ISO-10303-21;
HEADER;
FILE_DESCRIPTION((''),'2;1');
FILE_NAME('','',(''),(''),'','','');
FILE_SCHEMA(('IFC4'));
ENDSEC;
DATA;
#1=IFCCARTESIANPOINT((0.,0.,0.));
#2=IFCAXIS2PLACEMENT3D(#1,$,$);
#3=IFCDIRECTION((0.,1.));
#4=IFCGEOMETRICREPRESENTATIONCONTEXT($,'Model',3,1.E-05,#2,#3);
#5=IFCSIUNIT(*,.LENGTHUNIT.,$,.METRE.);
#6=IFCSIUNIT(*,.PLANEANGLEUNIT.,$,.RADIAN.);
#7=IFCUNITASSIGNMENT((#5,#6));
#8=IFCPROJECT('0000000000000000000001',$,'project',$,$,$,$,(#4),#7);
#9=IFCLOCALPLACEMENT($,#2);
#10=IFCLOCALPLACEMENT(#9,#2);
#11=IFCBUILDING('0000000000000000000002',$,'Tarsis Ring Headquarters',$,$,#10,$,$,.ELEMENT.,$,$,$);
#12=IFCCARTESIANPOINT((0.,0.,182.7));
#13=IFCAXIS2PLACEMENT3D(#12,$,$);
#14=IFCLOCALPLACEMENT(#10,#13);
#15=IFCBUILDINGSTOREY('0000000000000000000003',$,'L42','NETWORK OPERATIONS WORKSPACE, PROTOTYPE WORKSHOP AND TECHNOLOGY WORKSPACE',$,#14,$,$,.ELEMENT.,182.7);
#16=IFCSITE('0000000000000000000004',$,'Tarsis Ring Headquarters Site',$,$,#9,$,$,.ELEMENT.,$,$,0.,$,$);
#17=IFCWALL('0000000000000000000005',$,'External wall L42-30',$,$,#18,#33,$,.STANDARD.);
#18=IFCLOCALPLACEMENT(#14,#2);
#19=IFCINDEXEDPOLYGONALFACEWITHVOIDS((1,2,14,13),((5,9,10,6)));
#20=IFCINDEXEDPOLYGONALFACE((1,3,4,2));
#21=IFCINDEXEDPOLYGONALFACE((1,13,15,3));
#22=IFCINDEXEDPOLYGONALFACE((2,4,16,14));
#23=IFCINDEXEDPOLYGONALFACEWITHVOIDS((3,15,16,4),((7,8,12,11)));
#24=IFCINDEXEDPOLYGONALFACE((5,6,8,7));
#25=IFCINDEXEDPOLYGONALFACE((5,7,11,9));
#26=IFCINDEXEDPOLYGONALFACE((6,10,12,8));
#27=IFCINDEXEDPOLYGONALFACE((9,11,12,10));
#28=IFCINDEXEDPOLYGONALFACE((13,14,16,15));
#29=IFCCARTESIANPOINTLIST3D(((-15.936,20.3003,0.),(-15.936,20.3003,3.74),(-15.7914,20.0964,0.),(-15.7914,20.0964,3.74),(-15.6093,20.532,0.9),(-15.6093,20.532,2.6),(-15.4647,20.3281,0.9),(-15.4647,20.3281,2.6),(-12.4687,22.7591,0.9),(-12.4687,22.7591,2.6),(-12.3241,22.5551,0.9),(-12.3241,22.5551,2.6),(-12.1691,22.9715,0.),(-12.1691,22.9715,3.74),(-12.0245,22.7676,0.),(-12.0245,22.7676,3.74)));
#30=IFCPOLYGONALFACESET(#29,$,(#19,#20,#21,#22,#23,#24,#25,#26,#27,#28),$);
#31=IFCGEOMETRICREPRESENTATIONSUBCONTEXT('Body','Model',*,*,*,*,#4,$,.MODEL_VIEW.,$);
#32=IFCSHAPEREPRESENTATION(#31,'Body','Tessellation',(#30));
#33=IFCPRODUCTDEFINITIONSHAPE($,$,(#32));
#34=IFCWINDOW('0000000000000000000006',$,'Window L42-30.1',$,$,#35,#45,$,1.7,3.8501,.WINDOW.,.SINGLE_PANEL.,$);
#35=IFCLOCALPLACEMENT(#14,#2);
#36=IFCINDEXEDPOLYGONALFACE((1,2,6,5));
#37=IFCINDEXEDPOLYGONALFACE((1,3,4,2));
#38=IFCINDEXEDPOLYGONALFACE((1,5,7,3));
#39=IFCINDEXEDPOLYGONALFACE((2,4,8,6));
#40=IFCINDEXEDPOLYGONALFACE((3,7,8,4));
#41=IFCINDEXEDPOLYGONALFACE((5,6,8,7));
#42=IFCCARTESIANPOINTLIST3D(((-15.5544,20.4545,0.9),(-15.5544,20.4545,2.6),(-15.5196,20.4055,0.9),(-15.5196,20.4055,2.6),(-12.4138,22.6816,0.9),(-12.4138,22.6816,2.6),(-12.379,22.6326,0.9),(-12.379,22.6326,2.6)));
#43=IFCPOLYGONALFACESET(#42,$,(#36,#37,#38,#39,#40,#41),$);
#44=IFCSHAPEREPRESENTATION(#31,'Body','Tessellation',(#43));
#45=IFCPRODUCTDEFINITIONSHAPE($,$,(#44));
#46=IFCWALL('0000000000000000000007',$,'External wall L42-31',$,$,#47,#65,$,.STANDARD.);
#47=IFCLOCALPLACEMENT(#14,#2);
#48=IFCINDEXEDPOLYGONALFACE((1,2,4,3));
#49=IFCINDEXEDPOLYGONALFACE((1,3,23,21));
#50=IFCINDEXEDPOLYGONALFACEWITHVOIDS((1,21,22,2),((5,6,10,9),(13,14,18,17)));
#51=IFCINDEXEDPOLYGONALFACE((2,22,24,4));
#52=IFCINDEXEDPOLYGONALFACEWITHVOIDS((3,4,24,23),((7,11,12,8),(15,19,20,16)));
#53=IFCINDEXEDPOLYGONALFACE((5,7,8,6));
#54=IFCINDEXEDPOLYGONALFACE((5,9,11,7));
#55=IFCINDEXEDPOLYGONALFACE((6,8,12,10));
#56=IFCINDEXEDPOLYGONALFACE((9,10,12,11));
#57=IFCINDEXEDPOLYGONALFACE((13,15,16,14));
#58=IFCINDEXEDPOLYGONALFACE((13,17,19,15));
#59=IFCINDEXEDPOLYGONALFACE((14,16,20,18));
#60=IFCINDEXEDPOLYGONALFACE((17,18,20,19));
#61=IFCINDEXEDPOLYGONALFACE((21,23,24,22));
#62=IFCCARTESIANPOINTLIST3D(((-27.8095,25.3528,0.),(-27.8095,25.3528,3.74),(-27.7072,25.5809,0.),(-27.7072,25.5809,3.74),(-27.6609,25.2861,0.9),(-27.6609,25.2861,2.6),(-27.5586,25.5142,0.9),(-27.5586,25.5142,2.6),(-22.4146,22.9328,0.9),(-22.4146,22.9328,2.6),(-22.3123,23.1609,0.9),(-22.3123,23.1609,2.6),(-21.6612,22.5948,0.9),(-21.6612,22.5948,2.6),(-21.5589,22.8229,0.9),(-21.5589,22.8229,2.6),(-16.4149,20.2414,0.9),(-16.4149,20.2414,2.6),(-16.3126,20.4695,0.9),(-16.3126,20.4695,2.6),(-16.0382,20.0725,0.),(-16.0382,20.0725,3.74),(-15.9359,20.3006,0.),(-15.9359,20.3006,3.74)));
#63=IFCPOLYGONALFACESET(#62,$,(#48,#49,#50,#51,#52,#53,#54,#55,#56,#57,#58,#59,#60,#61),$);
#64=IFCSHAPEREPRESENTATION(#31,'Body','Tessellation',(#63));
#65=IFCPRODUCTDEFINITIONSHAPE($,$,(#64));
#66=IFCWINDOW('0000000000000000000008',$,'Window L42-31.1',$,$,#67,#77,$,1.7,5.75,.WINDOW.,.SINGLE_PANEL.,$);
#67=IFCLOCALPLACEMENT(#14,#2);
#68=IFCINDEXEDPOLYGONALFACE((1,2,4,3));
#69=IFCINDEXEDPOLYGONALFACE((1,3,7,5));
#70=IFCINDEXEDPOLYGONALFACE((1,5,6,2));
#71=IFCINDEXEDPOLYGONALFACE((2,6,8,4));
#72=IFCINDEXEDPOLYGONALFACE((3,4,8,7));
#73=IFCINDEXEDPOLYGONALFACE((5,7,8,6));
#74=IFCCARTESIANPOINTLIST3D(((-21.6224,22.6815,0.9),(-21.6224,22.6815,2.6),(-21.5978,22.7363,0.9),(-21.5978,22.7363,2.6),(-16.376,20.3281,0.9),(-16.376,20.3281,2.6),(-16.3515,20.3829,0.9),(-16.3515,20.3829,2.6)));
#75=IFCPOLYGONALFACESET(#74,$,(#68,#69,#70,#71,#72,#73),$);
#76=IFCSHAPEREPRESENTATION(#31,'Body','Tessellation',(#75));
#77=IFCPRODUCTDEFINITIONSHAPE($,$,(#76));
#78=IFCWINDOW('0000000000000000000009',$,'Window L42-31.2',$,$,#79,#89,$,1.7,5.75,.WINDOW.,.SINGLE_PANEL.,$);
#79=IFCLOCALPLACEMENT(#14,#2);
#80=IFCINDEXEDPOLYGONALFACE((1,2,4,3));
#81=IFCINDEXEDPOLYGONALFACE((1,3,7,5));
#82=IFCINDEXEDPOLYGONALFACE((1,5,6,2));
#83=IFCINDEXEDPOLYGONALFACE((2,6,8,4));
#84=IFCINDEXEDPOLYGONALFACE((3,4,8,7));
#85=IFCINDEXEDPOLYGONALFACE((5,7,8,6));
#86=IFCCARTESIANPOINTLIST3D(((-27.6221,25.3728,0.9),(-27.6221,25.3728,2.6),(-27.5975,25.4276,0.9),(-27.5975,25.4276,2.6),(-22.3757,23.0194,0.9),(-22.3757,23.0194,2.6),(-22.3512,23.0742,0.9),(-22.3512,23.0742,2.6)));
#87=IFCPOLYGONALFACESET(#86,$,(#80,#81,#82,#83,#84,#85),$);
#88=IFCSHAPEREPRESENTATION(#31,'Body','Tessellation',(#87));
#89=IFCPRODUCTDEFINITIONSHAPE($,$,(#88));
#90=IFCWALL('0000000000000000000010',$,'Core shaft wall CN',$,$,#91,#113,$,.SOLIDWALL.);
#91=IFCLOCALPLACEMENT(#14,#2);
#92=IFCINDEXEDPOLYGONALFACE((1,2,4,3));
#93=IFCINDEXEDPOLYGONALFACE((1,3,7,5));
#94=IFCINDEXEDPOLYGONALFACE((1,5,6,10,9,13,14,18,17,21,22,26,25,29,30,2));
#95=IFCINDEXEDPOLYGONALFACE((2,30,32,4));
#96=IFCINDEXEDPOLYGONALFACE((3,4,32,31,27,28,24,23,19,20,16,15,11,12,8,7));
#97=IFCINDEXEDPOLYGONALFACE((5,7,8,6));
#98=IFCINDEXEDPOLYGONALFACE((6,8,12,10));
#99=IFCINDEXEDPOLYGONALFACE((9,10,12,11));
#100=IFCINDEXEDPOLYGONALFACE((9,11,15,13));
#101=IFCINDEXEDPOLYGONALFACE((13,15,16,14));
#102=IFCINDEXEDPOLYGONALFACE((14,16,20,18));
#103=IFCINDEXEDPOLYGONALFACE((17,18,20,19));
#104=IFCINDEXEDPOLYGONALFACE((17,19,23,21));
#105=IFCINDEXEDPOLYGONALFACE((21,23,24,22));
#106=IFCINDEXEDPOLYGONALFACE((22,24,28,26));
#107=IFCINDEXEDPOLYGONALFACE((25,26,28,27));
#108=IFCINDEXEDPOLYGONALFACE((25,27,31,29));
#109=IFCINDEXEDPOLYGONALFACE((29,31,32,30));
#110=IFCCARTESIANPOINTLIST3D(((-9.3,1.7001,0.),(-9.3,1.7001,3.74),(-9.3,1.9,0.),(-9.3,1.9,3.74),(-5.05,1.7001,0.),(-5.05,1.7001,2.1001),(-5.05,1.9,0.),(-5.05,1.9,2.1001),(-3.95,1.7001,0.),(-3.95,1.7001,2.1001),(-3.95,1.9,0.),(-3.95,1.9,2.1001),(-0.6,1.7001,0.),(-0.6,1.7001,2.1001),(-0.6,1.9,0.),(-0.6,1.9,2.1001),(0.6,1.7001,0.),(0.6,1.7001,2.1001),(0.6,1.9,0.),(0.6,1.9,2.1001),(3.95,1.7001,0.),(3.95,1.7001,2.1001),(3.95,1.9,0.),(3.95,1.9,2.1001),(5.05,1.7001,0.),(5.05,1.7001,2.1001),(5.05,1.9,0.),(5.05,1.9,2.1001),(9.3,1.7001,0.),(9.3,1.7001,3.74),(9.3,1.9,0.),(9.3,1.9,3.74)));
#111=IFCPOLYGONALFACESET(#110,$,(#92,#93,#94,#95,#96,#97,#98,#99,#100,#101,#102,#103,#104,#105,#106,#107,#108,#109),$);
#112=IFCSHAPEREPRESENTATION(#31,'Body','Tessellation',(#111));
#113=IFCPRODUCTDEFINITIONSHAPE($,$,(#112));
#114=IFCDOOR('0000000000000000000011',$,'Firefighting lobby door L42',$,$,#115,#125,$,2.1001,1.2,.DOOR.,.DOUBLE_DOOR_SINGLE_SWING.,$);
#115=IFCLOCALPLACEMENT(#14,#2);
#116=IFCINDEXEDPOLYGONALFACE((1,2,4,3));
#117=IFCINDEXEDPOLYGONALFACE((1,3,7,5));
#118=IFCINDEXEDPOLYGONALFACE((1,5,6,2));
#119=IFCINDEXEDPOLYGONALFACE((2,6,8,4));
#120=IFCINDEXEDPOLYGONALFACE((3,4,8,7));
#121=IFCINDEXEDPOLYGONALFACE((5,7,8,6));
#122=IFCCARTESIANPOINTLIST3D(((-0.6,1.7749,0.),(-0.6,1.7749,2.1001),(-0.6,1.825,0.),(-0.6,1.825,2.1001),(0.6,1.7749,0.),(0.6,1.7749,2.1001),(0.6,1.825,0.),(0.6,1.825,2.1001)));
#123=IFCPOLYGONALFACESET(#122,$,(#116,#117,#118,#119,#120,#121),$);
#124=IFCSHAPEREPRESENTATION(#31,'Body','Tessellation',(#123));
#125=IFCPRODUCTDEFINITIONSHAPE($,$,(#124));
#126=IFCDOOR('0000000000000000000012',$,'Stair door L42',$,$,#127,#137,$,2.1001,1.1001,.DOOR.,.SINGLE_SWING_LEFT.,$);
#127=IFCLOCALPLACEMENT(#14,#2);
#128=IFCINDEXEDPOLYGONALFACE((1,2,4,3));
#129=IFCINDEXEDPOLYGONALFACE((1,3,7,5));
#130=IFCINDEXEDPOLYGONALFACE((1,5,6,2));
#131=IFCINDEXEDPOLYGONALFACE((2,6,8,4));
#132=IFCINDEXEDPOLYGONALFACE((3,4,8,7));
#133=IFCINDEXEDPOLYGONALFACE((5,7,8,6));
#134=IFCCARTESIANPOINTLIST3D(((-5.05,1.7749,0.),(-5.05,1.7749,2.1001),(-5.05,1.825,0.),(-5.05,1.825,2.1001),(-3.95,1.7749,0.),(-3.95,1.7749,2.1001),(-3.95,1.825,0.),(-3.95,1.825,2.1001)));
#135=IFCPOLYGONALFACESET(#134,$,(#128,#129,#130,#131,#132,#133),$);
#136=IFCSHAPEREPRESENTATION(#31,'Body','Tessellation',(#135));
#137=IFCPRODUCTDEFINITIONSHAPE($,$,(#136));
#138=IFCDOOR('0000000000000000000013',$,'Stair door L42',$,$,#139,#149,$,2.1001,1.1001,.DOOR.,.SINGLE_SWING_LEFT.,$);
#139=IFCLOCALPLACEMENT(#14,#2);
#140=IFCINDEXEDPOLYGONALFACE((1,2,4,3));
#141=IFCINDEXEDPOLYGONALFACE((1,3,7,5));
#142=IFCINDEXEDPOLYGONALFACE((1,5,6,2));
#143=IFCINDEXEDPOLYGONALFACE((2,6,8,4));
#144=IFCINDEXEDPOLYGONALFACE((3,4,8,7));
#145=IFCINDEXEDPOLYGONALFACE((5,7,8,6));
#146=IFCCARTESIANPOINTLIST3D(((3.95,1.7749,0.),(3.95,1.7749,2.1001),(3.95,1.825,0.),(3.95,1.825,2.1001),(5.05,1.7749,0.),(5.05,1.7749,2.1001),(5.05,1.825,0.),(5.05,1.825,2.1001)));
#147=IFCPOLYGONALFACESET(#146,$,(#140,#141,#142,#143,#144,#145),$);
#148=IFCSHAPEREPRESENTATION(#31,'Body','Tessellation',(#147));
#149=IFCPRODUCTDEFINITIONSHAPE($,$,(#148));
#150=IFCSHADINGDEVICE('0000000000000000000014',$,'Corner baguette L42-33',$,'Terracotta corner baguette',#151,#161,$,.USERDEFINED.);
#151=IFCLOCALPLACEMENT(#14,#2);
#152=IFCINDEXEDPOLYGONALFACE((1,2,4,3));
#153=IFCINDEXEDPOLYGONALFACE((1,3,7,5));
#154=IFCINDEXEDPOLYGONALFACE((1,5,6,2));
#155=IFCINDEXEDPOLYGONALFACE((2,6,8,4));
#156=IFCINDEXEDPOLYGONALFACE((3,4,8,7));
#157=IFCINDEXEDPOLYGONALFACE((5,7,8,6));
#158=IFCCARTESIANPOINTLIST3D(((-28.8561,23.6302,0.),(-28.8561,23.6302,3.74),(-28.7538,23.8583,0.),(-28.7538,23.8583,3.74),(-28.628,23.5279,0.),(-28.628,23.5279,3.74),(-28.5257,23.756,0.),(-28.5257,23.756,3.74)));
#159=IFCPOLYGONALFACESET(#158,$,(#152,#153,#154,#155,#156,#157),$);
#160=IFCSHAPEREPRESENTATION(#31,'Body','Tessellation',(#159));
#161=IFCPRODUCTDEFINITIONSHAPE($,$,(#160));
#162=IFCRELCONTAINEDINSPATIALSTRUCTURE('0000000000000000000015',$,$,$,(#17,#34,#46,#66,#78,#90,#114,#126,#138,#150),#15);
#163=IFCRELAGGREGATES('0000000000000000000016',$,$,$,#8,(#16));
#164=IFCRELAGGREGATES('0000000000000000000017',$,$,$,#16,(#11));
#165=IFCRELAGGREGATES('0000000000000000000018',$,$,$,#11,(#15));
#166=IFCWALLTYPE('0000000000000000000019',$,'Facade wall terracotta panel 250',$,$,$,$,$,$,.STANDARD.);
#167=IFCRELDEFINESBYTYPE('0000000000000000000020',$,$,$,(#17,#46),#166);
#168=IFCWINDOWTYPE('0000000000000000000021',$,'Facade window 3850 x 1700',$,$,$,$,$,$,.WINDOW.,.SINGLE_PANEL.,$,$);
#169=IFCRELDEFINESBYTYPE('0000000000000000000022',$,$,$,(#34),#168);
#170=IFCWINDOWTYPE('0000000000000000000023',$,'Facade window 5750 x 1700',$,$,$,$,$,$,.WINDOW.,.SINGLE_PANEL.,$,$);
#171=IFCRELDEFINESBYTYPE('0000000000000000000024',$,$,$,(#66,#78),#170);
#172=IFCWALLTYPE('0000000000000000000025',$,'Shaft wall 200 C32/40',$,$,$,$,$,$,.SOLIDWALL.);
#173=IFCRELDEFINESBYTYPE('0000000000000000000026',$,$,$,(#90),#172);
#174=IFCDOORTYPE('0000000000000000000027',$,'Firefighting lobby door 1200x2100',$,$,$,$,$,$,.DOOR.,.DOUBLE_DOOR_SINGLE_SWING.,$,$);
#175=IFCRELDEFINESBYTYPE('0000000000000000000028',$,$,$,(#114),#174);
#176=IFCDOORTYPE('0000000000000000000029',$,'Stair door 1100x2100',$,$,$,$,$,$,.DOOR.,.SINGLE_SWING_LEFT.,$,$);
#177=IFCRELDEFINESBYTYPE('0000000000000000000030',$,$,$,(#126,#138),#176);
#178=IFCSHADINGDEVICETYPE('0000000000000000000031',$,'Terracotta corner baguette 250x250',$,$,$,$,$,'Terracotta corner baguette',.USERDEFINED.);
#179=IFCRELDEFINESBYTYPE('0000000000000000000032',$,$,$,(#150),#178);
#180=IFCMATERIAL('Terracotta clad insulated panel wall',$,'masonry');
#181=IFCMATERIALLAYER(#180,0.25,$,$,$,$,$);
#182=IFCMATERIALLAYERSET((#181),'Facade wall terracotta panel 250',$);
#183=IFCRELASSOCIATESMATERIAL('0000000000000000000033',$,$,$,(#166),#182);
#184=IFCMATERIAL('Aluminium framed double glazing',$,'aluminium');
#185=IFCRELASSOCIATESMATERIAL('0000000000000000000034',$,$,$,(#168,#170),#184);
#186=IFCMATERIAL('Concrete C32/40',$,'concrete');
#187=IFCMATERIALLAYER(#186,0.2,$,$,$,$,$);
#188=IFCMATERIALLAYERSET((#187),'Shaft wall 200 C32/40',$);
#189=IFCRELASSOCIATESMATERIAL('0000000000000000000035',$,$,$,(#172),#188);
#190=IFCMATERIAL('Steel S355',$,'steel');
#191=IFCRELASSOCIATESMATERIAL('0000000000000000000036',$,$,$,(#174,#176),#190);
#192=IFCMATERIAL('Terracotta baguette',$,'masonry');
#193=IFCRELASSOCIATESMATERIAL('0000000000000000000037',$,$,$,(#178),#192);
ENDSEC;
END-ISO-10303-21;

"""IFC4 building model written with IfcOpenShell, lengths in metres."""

from ifc_helpers import new_model, si_unit, direction, frame, frame_2d, origin, origin_2d, place, context, subcontext, project, spatial, rectangle, extrude, material, layer, layer_set, type_object, element, fill, save


model = new_model("IFC4")

# Units and contexts
model_context = context("Model", 3, precision=1e-05, world=origin(), true_north=direction((0.0, 1.0)))
body_context = subcontext(model_context, "Body", "Model", "MODEL_VIEW")
ifc_project = project(units=[si_unit("LENGTHUNIT", "METRE"), si_unit("PLANEANGLEUNIT", "RADIAN")], contexts=[model_context])

# Site, building, storey
site_placement = place(None, origin())
site = spatial("IfcSite", under=ifc_project, at=site_placement, Name="Tarsis Ring Headquarters Site", CompositionType="ELEMENT", RefElevation=0.0)
building_placement = place(site_placement, origin())
building = spatial("IfcBuilding", under=site, at=building_placement, Name="Tarsis Ring Headquarters", CompositionType="ELEMENT")
storey_placement = place(building_placement, frame((0.0, 0.0, 182.7)))
storey = spatial("IfcBuildingStorey", under=building, at=storey_placement, Name="L42", Description="NETWORK OPERATIONS WORKSPACE, PROTOTYPE WORKSHOP AND TECHNOLOGY WORKSPACE", CompositionType="ELEMENT", Elevation=182.7)

# Shared definitions
ifc_material_1 = material(Name="Steel S355", Category="steel")

# Wall, opening, window
ifc_material_2 = material(Name="Terracotta clad insulated panel wall", Category="masonry")
ifc_layer_1 = layer(ifc_material_2, 0.25)
ifc_layer_set_1 = layer_set([ifc_layer_1], Name="Facade wall terracotta panel 250")
wall_type_1 = type_object("IfcWallType", Name="Facade wall terracotta panel 250", PredefinedType="STANDARD", material=ifc_layer_set_1)
wall_1_placement = place(storey_placement, frame((-12.0967, 22.8696, 0.0), z_axis=(0.0, 0.0, 1.0), x_axis=(-0.815722, -0.578444, 0.0)))
wall_1 = element("IfcWall", 1, at=wall_1_placement, inside=storey, type_object=wall_type_1, Name="External wall L42-30", PredefinedType="STANDARD", context=body_context, shape_type="SweptSolid", body=[
    extrude(rectangle(XDim=4.6179, YDim=0.25, at=frame_2d((2.3091, 0.0))), origin(), (0.0, 0.0, 1.0), 3.74),
])
opening_1_placement = place(wall_1_placement, frame((0.3674, 0.0, 0.8999)))
opening_1 = element("IfcOpeningElement", 2, at=opening_1_placement, cuts=wall_1, PredefinedType="OPENING", context=body_context, shape_type="SweptSolid", body=[
    extrude(rectangle(XDim=3.8501, YDim=1.7, at=frame_2d((1.925, 0.8501))), frame((0.0, 0.135, 0.0), z_axis=(0.0, -1.0, 0.0), x_axis=(1.0, 0.0, 0.0)), (0.0, 0.0, 1.0), 0.27),
])
ifc_material_3 = material(Name="Aluminium framed double glazing", Category="aluminium")
window_type_1 = type_object("IfcWindowType", Name="Facade window 3850 x 1700", PartitioningType="SINGLE_PANEL", PredefinedType="WINDOW", material=ifc_material_3)
window_1_placement = place(opening_1_placement, origin())
window_1 = element("IfcWindow", 3, at=window_1_placement, inside=storey, type_object=window_type_1, Name="Window L42-30.1", OverallHeight=1.7, OverallWidth=3.8501, PartitioningType="SINGLE_PANEL", PredefinedType="WINDOW", context=body_context, shape_type="SweptSolid", body=[
    extrude(rectangle(XDim=3.8501, YDim=1.7, at=frame_2d((1.925, 0.8501))), frame((0.0, 0.03, 0.0), z_axis=(0.0, -1.0, 0.0), x_axis=(1.0, 0.0, 0.0)), (0.0, 0.0, 1.0), 0.0601),
])
fill(opening_1, window_1)

# Wall, openings, windows
wall_2_placement = place(storey_placement, frame((-15.9871, 20.1865, 0.0), z_axis=(0.0, 0.0, 1.0), x_axis=(-0.912408, 0.409282, 0.0)))
wall_2 = element("IfcWall", 4, at=wall_2_placement, inside=storey, type_object=wall_type_1, Name="External wall L42-31", PredefinedType="STANDARD", context=body_context, shape_type="SweptSolid", body=[
    extrude(rectangle(XDim=12.9014, YDim=0.25, at=frame_2d((6.4507, 0.0))), origin(), (0.0, 0.0, 1.0), 3.74),
])
opening_2_placement = place(wall_2_placement, frame((0.4128, 0.0, 0.8999)))
opening_2 = element("IfcOpeningElement", 5, at=opening_2_placement, cuts=wall_2, PredefinedType="OPENING", context=body_context, shape_type="SweptSolid", body=[
    extrude(rectangle(XDim=5.75, YDim=1.7, at=frame_2d((2.875, 0.8501))), frame((0.0, 0.135, 0.0), z_axis=(0.0, -1.0, 0.0), x_axis=(1.0, 0.0, 0.0)), (0.0, 0.0, 1.0), 0.27),
])
opening_3_placement = place(wall_2_placement, frame((6.9885, 0.0, 0.8999)))
opening_3 = element("IfcOpeningElement", 6, at=opening_3_placement, cuts=wall_2, PredefinedType="OPENING", context=body_context, shape_type="SweptSolid", body=[
    extrude(rectangle(XDim=5.75, YDim=1.7, at=frame_2d((2.875, 0.8501))), frame((0.0, 0.135, 0.0), z_axis=(0.0, -1.0, 0.0), x_axis=(1.0, 0.0, 0.0)), (0.0, 0.0, 1.0), 0.27),
])
window_type_2 = type_object("IfcWindowType", Name="Facade window 5750 x 1700", PartitioningType="SINGLE_PANEL", PredefinedType="WINDOW", material=ifc_material_3)
window_2_placement = place(opening_2_placement, origin())
window_2 = element("IfcWindow", 7, at=window_2_placement, inside=storey, type_object=window_type_2, Name="Window L42-31.1", OverallHeight=1.7, OverallWidth=5.75, PartitioningType="SINGLE_PANEL", PredefinedType="WINDOW", context=body_context, shape_type="SweptSolid", body=[
    extrude(rectangle(XDim=5.75, YDim=1.7, at=frame_2d((2.875, 0.8501))), frame((0.0, 0.03, 0.0), z_axis=(0.0, -1.0, 0.0), x_axis=(1.0, 0.0, 0.0)), (0.0, 0.0, 1.0), 0.0601),
])
fill(opening_2, window_2)
window_3_placement = place(opening_3_placement, origin())
window_3 = element("IfcWindow", 8, at=window_3_placement, inside=storey, type_object=window_type_2, Name="Window L42-31.2", OverallHeight=1.7, OverallWidth=5.75, PartitioningType="SINGLE_PANEL", PredefinedType="WINDOW", context=body_context, shape_type="SweptSolid", body=[
    extrude(rectangle(XDim=5.75, YDim=1.7, at=frame_2d((2.875, 0.8501))), frame((0.0, 0.03, 0.0), z_axis=(0.0, -1.0, 0.0), x_axis=(1.0, 0.0, 0.0)), (0.0, 0.0, 1.0), 0.0601),
])
fill(opening_3, window_3)

# Wall, openings, doors
ifc_material_4 = material(Name="Concrete C32/40", Category="concrete")
ifc_layer_2 = layer(ifc_material_4, 0.2)
ifc_layer_set_2 = layer_set([ifc_layer_2], Name="Shaft wall 200 C32/40")
wall_type_2 = type_object("IfcWallType", Name="Shaft wall 200 C32/40", PredefinedType="SOLIDWALL", material=ifc_layer_set_2)
wall_3_placement = place(storey_placement, frame((-9.3, 1.8, 0.0), z_axis=(0.0, 0.0, 1.0), x_axis=(1.0, 0.0, 0.0)))
wall_3 = element("IfcWall", 9, at=wall_3_placement, inside=storey, type_object=wall_type_2, Name="Core shaft wall CN", PredefinedType="SOLIDWALL", context=body_context, shape_type="SweptSolid", body=[
    extrude(rectangle(XDim=18.6001, YDim=0.2, at=frame_2d((9.3, 0.0))), origin(), (0.0, 0.0, 1.0), 3.74),
])
opening_4_placement = place(wall_3_placement, frame((4.25, 0.0, 0.0)))
opening_4 = element("IfcOpeningElement", 10, at=opening_4_placement, cuts=wall_3, PredefinedType="OPENING", context=body_context, shape_type="SweptSolid", body=[
    extrude(rectangle(XDim=1.1001, YDim=2.1001, at=frame_2d((0.55, 1.05))), frame((0.0, 0.1099, 0.0), z_axis=(0.0, -1.0, 0.0), x_axis=(1.0, 0.0, 0.0)), (0.0, 0.0, 1.0), 0.22),
])
opening_5_placement = place(wall_3_placement, frame((8.7, 0.0, 0.0)))
opening_5 = element("IfcOpeningElement", 11, at=opening_5_placement, cuts=wall_3, PredefinedType="OPENING", context=body_context, shape_type="SweptSolid", body=[
    extrude(rectangle(XDim=1.2, YDim=2.1001, at=frame_2d((0.6001, 1.05))), frame((0.0, 0.1099, 0.0), z_axis=(0.0, -1.0, 0.0), x_axis=(1.0, 0.0, 0.0)), (0.0, 0.0, 1.0), 0.22),
])
opening_6_placement = place(wall_3_placement, frame((13.25, 0.0, 0.0)))
opening_6 = element("IfcOpeningElement", 12, at=opening_6_placement, cuts=wall_3, PredefinedType="OPENING", context=body_context, shape_type="SweptSolid", body=[
    extrude(rectangle(XDim=1.1001, YDim=2.1001, at=frame_2d((0.55, 1.05))), frame((0.0, 0.1099, 0.0), z_axis=(0.0, -1.0, 0.0), x_axis=(1.0, 0.0, 0.0)), (0.0, 0.0, 1.0), 0.22),
])
door_type_1 = type_object("IfcDoorType", Name="Firefighting lobby door 1200x2100", OperationType="DOUBLE_DOOR_SINGLE_SWING", PredefinedType="DOOR", material=ifc_material_1)
door_1_placement = place(opening_5_placement, origin())
door_1 = element("IfcDoor", 13, at=door_1_placement, inside=storey, type_object=door_type_1, Name="Firefighting lobby door L42", OperationType="DOUBLE_DOOR_SINGLE_SWING", OverallHeight=2.1001, OverallWidth=1.2, PredefinedType="DOOR", context=body_context, shape_type="SweptSolid", body=[
    extrude(rectangle(XDim=1.2, YDim=2.1001, at=frame_2d((0.6001, 1.05))), frame((0.0, 0.0249, 0.0), z_axis=(0.0, -1.0, 0.0), x_axis=(1.0, 0.0, 0.0)), (0.0, 0.0, 1.0), 0.05),
])
fill(opening_5, door_1)
door_type_2 = type_object("IfcDoorType", Name="Stair door 1100x2100", OperationType="SINGLE_SWING_LEFT", PredefinedType="DOOR", material=ifc_material_1)
door_2_placement = place(opening_4_placement, origin())
door_2 = element("IfcDoor", 14, at=door_2_placement, inside=storey, type_object=door_type_2, Name="Stair door L42", OperationType="SINGLE_SWING_LEFT", OverallHeight=2.1001, OverallWidth=1.1001, PredefinedType="DOOR", context=body_context, shape_type="SweptSolid", body=[
    extrude(rectangle(XDim=1.1001, YDim=2.1001, at=frame_2d((0.55, 1.05))), frame((0.0, 0.0249, 0.0), z_axis=(0.0, -1.0, 0.0), x_axis=(1.0, 0.0, 0.0)), (0.0, 0.0, 1.0), 0.05),
])
fill(opening_4, door_2)
door_3_placement = place(opening_6_placement, origin())
door_3 = element("IfcDoor", 15, at=door_3_placement, inside=storey, type_object=door_type_2, Name="Stair door L42", OperationType="SINGLE_SWING_LEFT", OverallHeight=2.1001, OverallWidth=1.1001, PredefinedType="DOOR", context=body_context, shape_type="SweptSolid", body=[
    extrude(rectangle(XDim=1.1001, YDim=2.1001, at=frame_2d((0.55, 1.05))), frame((0.0, 0.0249, 0.0), z_axis=(0.0, -1.0, 0.0), x_axis=(1.0, 0.0, 0.0)), (0.0, 0.0, 1.0), 0.05),
])
fill(opening_6, door_3)

# Shading device
ifc_material_5 = material(Name="Terracotta baguette", Category="masonry")
shading_device_type = type_object("IfcShadingDeviceType", Name="Terracotta corner baguette 250x250", ElementType="Terracotta corner baguette", PredefinedType="USERDEFINED", material=ifc_material_5)
shading_device_placement = place(storey_placement, frame((-28.6909, 23.6931, 0.0), z_axis=(0.0, 0.0, 1.0), x_axis=(-0.409286, -0.912406, 0.0)))
element("IfcShadingDevice", 16, at=shading_device_placement, inside=storey, type_object=shading_device_type, Name="Corner baguette L42-33", ObjectType="Terracotta corner baguette", PredefinedType="USERDEFINED", context=body_context, shape_type="SweptSolid", body=[
    extrude(rectangle(XDim=0.25, YDim=0.25, at=origin_2d()), origin(), (0.0, 0.0, 1.0), 3.74),
])

save(model, "model.ifc")
